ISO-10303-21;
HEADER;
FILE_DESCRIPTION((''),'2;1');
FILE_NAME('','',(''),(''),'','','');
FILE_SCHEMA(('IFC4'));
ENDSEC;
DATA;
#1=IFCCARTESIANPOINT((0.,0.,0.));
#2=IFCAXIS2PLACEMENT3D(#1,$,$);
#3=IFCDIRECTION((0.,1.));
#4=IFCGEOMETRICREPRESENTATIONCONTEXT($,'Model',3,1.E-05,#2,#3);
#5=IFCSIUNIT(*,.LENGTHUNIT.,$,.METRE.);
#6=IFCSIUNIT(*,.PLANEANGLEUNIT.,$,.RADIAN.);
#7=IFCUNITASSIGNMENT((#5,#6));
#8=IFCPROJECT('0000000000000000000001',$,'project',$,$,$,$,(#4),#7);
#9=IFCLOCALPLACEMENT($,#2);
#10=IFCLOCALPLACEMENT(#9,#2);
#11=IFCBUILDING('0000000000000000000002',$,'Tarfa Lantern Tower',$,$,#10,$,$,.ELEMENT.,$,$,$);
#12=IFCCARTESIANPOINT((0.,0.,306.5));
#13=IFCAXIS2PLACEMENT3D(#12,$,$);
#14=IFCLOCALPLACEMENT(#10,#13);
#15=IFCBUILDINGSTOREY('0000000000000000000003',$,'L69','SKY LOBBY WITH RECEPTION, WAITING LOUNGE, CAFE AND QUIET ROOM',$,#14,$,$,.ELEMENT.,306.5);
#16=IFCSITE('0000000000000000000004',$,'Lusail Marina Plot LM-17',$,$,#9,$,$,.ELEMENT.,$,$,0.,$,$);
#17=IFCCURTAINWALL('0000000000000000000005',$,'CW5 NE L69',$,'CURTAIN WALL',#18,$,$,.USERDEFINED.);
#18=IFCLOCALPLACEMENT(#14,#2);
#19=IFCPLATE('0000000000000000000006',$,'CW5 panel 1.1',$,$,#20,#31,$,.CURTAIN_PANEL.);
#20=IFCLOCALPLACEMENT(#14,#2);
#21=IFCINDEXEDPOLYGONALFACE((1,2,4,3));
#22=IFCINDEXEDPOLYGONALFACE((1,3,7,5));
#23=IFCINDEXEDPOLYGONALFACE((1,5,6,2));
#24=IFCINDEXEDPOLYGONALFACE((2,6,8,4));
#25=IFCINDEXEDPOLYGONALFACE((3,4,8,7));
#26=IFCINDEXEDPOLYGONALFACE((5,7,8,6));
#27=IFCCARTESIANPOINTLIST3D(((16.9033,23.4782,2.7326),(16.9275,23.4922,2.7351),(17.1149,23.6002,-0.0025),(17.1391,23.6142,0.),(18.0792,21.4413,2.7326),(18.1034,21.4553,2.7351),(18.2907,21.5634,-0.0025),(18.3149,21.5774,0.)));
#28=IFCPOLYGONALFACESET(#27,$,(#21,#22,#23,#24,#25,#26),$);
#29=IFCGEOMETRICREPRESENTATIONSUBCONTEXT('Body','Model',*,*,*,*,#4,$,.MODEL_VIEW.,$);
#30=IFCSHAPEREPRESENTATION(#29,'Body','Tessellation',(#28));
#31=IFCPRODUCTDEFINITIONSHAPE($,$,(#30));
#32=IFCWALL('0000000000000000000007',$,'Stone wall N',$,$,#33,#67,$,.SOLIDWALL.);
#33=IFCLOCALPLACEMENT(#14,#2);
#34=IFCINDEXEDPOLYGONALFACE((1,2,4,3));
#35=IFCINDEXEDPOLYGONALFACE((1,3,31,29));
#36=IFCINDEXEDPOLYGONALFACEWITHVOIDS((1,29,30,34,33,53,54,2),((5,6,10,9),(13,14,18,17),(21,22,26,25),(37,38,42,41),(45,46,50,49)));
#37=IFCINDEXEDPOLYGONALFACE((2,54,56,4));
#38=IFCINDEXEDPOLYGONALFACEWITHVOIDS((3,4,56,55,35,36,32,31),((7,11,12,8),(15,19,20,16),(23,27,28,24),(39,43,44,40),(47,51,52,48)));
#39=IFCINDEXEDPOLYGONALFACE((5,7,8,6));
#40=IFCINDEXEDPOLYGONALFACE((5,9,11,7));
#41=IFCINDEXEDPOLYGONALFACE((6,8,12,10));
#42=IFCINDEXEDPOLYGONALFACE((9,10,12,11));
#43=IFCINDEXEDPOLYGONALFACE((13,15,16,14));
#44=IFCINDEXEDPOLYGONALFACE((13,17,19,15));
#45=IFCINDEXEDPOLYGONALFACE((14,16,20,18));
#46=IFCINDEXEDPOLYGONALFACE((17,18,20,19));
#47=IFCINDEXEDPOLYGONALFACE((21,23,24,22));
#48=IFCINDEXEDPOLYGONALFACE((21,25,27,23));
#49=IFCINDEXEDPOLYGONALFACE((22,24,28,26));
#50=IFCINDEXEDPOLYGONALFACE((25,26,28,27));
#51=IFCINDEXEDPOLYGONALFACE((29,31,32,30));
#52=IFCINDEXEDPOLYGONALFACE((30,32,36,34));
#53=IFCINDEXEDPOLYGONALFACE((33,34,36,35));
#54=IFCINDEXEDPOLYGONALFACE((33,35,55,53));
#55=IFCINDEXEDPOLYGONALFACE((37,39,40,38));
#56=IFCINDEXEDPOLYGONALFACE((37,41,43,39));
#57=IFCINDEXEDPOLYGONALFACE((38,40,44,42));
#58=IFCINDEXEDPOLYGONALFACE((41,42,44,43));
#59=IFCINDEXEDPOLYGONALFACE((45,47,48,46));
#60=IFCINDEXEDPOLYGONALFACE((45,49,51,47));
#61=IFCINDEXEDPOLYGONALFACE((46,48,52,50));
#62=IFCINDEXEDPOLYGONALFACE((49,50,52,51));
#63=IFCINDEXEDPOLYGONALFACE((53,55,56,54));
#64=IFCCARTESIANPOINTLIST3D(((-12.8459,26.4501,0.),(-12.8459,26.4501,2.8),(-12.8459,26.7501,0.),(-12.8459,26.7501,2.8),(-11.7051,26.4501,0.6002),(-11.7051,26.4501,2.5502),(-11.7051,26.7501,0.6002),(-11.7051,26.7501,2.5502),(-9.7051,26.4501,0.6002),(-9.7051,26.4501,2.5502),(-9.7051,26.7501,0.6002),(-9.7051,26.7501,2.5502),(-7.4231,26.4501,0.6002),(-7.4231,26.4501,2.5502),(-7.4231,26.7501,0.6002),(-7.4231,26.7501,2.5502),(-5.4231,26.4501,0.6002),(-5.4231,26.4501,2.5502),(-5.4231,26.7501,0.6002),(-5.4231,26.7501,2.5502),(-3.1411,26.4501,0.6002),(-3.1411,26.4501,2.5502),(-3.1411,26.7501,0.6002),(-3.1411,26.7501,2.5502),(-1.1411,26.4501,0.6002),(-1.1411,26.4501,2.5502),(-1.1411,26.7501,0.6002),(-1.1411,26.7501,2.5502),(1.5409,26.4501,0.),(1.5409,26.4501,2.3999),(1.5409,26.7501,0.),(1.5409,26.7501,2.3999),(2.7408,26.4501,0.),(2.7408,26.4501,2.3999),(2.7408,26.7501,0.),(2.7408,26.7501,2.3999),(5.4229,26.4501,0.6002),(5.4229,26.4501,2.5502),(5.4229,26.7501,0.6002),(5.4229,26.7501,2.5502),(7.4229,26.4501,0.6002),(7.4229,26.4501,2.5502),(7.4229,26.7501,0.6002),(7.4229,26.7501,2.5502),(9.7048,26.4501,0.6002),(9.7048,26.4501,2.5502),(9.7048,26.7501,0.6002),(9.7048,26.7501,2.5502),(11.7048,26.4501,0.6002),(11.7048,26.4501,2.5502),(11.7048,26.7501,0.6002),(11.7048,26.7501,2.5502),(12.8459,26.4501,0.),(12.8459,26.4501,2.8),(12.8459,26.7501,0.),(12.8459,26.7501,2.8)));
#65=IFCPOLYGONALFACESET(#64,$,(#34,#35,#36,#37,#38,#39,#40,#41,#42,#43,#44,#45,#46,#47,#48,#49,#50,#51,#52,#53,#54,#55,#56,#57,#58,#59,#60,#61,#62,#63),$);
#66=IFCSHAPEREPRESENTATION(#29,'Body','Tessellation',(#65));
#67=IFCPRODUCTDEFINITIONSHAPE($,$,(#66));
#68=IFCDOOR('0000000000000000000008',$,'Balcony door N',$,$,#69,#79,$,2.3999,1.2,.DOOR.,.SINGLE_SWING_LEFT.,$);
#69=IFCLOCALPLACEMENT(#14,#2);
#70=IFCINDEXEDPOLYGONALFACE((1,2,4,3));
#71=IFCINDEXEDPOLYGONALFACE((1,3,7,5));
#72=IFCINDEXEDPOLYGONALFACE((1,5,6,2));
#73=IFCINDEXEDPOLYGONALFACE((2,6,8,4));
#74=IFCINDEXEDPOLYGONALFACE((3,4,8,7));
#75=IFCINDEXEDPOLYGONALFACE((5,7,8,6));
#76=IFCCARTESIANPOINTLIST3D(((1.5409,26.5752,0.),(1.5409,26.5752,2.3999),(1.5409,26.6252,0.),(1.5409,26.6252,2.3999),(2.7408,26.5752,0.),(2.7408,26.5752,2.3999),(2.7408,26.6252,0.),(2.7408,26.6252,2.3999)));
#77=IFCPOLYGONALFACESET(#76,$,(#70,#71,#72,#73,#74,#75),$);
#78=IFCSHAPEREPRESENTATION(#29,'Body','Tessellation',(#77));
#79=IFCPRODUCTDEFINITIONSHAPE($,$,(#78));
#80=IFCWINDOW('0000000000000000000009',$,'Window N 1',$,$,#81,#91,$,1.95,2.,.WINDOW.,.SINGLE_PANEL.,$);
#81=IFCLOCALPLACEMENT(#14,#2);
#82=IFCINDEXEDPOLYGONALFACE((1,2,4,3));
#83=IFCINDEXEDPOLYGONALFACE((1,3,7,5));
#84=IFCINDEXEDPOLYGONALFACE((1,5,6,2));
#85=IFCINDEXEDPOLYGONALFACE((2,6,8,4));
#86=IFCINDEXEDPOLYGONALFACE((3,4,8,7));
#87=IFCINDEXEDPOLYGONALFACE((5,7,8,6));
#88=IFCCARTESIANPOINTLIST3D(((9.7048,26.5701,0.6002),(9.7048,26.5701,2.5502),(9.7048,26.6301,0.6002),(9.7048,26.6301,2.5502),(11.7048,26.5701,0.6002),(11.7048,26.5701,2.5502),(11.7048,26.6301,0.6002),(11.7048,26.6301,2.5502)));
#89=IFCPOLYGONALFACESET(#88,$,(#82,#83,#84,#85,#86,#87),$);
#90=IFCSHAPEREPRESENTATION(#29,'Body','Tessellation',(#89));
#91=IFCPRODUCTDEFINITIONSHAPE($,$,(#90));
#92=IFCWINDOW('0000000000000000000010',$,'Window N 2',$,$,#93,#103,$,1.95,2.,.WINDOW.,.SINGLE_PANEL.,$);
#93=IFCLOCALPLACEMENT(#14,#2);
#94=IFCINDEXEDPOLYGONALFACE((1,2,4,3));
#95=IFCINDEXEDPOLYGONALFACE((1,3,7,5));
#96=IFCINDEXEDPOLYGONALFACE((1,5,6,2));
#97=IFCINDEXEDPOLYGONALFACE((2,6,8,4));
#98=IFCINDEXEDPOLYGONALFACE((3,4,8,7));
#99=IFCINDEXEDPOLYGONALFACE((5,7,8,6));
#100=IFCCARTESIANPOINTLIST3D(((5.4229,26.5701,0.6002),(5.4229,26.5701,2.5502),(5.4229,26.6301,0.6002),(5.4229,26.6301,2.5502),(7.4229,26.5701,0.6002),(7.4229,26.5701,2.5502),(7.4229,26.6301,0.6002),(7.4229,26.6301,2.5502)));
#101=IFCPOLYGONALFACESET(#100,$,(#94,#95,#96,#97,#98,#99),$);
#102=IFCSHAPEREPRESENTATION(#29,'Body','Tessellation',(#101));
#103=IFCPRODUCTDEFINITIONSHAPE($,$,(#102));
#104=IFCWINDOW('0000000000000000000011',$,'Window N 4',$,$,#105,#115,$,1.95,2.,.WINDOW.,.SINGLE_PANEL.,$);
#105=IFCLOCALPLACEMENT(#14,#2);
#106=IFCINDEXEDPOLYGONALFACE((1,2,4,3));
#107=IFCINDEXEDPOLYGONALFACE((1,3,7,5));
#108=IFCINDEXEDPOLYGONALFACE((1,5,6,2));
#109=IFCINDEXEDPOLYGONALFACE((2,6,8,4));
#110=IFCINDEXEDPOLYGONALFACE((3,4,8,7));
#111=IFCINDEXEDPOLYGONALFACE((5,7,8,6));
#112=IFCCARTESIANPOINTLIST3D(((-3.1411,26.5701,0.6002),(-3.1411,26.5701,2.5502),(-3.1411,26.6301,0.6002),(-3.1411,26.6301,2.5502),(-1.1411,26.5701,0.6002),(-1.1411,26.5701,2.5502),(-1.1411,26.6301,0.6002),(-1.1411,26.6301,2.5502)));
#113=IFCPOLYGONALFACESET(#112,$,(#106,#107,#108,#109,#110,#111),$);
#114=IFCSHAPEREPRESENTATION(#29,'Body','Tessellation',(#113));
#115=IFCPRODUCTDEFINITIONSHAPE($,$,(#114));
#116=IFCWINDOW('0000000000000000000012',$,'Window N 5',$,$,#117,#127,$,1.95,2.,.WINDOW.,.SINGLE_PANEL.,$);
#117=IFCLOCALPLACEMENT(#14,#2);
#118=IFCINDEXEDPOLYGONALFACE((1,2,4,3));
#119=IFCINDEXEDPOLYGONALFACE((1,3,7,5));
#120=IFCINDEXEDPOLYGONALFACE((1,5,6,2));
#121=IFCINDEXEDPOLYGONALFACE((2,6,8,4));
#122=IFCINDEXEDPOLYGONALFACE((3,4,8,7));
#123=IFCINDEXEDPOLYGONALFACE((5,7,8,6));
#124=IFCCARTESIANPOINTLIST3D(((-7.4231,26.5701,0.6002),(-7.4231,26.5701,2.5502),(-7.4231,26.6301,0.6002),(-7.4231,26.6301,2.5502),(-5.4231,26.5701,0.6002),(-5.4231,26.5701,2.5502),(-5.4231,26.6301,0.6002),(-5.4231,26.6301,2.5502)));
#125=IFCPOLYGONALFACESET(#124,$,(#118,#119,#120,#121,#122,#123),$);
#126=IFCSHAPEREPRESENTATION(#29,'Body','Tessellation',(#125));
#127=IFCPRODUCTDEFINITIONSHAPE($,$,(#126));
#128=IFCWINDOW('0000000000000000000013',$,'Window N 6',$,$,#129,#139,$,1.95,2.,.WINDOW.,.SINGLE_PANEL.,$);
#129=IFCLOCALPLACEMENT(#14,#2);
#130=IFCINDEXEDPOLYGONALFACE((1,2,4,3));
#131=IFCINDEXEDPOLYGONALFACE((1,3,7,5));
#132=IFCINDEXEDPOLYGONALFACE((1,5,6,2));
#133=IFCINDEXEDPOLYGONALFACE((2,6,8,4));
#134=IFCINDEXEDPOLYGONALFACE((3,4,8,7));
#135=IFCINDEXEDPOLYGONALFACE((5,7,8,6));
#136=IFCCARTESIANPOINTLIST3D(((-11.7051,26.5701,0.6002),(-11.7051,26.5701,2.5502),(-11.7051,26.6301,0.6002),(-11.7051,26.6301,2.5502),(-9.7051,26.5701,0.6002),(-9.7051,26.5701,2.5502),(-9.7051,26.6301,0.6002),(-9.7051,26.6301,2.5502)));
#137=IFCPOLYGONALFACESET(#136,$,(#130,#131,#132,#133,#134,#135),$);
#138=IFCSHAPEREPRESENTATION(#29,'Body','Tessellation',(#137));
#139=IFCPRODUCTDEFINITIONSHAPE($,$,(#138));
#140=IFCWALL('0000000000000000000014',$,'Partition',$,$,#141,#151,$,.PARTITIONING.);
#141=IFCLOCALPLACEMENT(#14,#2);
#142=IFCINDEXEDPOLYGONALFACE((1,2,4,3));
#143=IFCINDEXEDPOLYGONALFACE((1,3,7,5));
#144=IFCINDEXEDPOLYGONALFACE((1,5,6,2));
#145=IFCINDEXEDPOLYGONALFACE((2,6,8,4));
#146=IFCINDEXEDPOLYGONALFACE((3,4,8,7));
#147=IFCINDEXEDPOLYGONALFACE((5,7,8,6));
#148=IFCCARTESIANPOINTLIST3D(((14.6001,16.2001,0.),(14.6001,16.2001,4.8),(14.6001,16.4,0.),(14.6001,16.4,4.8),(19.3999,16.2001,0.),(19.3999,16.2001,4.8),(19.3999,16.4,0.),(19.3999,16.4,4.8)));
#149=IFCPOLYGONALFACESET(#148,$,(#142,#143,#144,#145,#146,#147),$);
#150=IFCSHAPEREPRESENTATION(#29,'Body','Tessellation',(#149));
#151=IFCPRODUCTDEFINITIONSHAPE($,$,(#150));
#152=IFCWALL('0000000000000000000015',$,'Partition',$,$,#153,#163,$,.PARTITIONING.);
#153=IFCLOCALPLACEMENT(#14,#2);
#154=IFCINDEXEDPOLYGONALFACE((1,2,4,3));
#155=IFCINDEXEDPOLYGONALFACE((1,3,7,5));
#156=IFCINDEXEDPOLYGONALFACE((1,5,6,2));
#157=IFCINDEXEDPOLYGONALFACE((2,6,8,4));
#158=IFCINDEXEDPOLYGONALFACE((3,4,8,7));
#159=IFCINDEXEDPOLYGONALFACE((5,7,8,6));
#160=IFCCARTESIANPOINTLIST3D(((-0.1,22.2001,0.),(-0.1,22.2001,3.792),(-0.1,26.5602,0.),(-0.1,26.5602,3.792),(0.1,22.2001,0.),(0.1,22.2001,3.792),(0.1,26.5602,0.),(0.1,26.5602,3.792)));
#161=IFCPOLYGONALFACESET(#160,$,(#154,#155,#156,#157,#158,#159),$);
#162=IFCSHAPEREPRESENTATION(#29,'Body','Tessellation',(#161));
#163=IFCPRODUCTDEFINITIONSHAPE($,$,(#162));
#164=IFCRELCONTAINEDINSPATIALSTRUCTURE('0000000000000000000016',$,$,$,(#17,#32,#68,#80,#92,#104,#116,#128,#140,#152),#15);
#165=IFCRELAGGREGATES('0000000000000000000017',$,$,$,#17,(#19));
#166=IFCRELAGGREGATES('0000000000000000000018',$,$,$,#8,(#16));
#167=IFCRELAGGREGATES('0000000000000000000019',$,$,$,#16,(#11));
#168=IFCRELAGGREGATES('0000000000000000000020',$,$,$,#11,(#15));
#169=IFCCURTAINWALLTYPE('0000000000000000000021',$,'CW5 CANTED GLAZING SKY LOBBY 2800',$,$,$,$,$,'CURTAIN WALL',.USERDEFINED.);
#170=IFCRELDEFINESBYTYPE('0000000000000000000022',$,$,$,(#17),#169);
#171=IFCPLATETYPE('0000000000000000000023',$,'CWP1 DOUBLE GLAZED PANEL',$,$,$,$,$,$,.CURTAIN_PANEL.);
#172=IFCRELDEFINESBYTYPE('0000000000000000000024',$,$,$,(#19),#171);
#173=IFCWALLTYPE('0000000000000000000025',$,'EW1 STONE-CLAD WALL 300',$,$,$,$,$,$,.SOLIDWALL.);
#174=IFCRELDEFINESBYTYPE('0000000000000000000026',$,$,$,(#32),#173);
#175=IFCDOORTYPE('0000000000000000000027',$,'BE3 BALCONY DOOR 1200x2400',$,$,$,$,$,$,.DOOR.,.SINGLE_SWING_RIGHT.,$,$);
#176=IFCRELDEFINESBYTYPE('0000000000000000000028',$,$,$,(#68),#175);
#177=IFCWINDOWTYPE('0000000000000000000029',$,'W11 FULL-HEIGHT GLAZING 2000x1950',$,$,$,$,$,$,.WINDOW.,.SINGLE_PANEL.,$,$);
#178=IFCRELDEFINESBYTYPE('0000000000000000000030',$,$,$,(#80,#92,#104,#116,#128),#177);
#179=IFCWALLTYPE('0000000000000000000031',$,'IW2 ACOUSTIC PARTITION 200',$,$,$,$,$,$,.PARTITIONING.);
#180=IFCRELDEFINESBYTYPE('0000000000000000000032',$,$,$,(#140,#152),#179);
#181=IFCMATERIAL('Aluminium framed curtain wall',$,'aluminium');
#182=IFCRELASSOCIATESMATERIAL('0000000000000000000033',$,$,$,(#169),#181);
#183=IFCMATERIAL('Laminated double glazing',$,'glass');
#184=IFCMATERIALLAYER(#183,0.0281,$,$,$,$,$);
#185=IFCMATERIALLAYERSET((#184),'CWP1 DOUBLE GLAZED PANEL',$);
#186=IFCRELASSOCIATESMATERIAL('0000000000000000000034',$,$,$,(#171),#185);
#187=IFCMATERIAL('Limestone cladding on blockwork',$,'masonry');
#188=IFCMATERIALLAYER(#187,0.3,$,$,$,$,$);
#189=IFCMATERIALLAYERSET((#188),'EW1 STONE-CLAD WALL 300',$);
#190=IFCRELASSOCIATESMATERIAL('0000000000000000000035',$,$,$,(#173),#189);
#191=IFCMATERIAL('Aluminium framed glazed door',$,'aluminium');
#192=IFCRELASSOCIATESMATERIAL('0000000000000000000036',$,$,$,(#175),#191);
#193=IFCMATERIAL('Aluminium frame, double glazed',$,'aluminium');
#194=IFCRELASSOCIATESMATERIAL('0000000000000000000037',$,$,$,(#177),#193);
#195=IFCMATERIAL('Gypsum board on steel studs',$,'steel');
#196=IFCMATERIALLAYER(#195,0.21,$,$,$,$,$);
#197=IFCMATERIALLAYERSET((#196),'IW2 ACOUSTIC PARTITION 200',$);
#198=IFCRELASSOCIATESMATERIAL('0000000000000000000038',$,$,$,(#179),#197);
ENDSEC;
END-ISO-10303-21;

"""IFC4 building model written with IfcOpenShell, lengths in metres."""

from ifc_helpers import new_model, si_unit, direction, frame, frame_2d, origin, place, context, subcontext, project, spatial, polyline, rectangle, outline, extrude, material, layer, layer_set, type_object, element, fill, aggregate, save


model = new_model("IFC4")

# Units and contexts
model_context = context("Model", 3, precision=1e-05, world=origin(), true_north=direction((0.0, 1.0)))
body_context = subcontext(model_context, "Body", "Model", "MODEL_VIEW")
ifc_project = project(units=[si_unit("LENGTHUNIT", "METRE"), si_unit("PLANEANGLEUNIT", "RADIAN")], contexts=[model_context])

# Site, building, storey
site_placement = place(None, origin())
site = spatial("IfcSite", under=ifc_project, at=site_placement, Name="Lusail Marina Plot LM-17", CompositionType="ELEMENT", RefElevation=0.0)
building_placement = place(site_placement, origin())
building = spatial("IfcBuilding", under=site, at=building_placement, Name="Tarfa Lantern Tower", CompositionType="ELEMENT")
storey_placement = place(building_placement, frame((0.0, 0.0, 306.5)))
storey = spatial("IfcBuildingStorey", under=building, at=storey_placement, Name="L69", Description="SKY LOBBY WITH RECEPTION, WAITING LOUNGE, CAFE AND QUIET ROOM", CompositionType="ELEMENT", Elevation=306.5)

# Curtain wall
ifc_material_1 = material(Name="Aluminium framed curtain wall", Category="aluminium")
curtain_wall_type = type_object("IfcCurtainWallType", Name="CW5 CANTED GLAZING SKY LOBBY 2800", ElementType="CURTAIN WALL", PredefinedType="USERDEFINED", material=ifc_material_1)
curtain_wall_placement = place(storey_placement, origin())
curtain_wall = element("IfcCurtainWall", 1, at=curtain_wall_placement, inside=storey, type_object=curtain_wall_type, Name="CW5 NE L69", ObjectType="CURTAIN WALL", PredefinedType="USERDEFINED")

# Plate
ifc_material_2 = material(Name="Laminated double glazing", Category="glass")
ifc_layer_1 = layer(ifc_material_2, 0.0281)
ifc_layer_set_1 = layer_set([ifc_layer_1], Name="CWP1 DOUBLE GLAZED PANEL")
plate_type = type_object("IfcPlateType", Name="CWP1 DOUBLE GLAZED PANEL", PredefinedType="CURTAIN_PANEL", material=ifc_layer_set_1)
plate_placement = place(storey_placement, frame((18.3149, 21.5774, 0.0), z_axis=(0.862608, 0.497992, 0.088945), x_axis=(-0.499974, 0.866041, -0.000004)))
plate = element("IfcPlate", 2, at=plate_placement, type_object=plate_type, Name="CW5 panel 1.1", PredefinedType="CURTAIN_PANEL", context=body_context, shape_type="SweptSolid", body=[
    extrude(outline(polyline([(0.0, 0.0), (2.3519, 0.0), (2.352, 2.746), (0.0, 2.746), (0.0, 0.0)])), origin(), (0.0, 0.0, -1.0), 0.0281),
])
aggregate(curtain_wall, [plate])

# Wall, openings, door, windows
ifc_material_3 = material(Name="Limestone cladding on blockwork", Category="masonry")
ifc_layer_2 = layer(ifc_material_3, 0.3)
ifc_layer_set_2 = layer_set([ifc_layer_2], Name="EW1 STONE-CLAD WALL 300")
wall_type_1 = type_object("IfcWallType", Name="EW1 STONE-CLAD WALL 300", PredefinedType="SOLIDWALL", material=ifc_layer_set_2)
wall_1_placement = place(storey_placement, frame((12.8459, 26.6001, 0.0), z_axis=(0.0, 0.0, 1.0), x_axis=(-1.0, 0.0, 0.0)))
wall_1 = element("IfcWall", 3, at=wall_1_placement, inside=storey, type_object=wall_type_1, Name="Stone wall N", PredefinedType="SOLIDWALL", context=body_context, shape_type="SweptSolid", body=[
    extrude(rectangle(XDim=25.6919, YDim=0.3, at=frame_2d((12.8459, 0.0))), origin(), (0.0, 0.0, 1.0), 2.8),
])
opening_1_placement = place(wall_1_placement, frame((1.1411, 0.0, 0.6001)))
opening_1 = element("IfcOpeningElement", 4, at=opening_1_placement, cuts=wall_1, PredefinedType="OPENING", context=body_context, shape_type="SweptSolid", body=[
    extrude(rectangle(XDim=2.0, YDim=1.95, at=frame_2d((1.0, 0.9751))), frame((0.0, 0.1599, 0.0), z_axis=(0.0, -1.0, 0.0), x_axis=(1.0, 0.0, 0.0)), (0.0, 0.0, 1.0), 0.3201),
])
opening_2_placement = place(wall_1_placement, frame((5.4231, 0.0, 0.6001)))
opening_2 = element("IfcOpeningElement", 5, at=opening_2_placement, cuts=wall_1, PredefinedType="OPENING", context=body_context, shape_type="SweptSolid", body=[
    extrude(rectangle(XDim=2.0, YDim=1.95, at=frame_2d((1.0, 0.9751))), frame((0.0, 0.1599, 0.0), z_axis=(0.0, -1.0, 0.0), x_axis=(1.0, 0.0, 0.0)), (0.0, 0.0, 1.0), 0.3201),
])
opening_3_placement = place(wall_1_placement, frame((10.105, 0.0, 0.0)))
opening_3 = element("IfcOpeningElement", 6, at=opening_3_placement, cuts=wall_1, PredefinedType="OPENING", context=body_context, shape_type="SweptSolid", body=[
    extrude(rectangle(XDim=1.2, YDim=2.3999, at=frame_2d((0.6001, 1.2))), frame((0.0, 0.1599, 0.0), z_axis=(0.0, -1.0, 0.0), x_axis=(1.0, 0.0, 0.0)), (0.0, 0.0, 1.0), 0.3201),
])
opening_4_placement = place(wall_1_placement, frame((13.9871, 0.0, 0.6001)))
opening_4 = element("IfcOpeningElement", 7, at=opening_4_placement, cuts=wall_1, PredefinedType="OPENING", context=body_context, shape_type="SweptSolid", body=[
    extrude(rectangle(XDim=2.0, YDim=1.95, at=frame_2d((1.0, 0.9751))), frame((0.0, 0.1599, 0.0), z_axis=(0.0, -1.0, 0.0), x_axis=(1.0, 0.0, 0.0)), (0.0, 0.0, 1.0), 0.3201),
])
opening_5_placement = place(wall_1_placement, frame((18.269, 0.0, 0.6001)))
opening_5 = element("IfcOpeningElement", 8, at=opening_5_placement, cuts=wall_1, PredefinedType="OPENING", context=body_context, shape_type="SweptSolid", body=[
    extrude(rectangle(XDim=2.0, YDim=1.95, at=frame_2d((1.0, 0.9751))), frame((0.0, 0.1599, 0.0), z_axis=(0.0, -1.0, 0.0), x_axis=(1.0, 0.0, 0.0)), (0.0, 0.0, 1.0), 0.3201),
])
opening_6_placement = place(wall_1_placement, frame((22.551, 0.0, 0.6001)))
opening_6 = element("IfcOpeningElement", 9, at=opening_6_placement, cuts=wall_1, PredefinedType="OPENING", context=body_context, shape_type="SweptSolid", body=[
    extrude(rectangle(XDim=2.0, YDim=1.95, at=frame_2d((1.0, 0.9751))), frame((0.0, 0.1599, 0.0), z_axis=(0.0, -1.0, 0.0), x_axis=(1.0, 0.0, 0.0)), (0.0, 0.0, 1.0), 0.3201),
])
ifc_material_4 = material(Name="Aluminium framed glazed door", Category="aluminium")
door_type = type_object("IfcDoorType", Name="BE3 BALCONY DOOR 1200x2400", OperationType="SINGLE_SWING_RIGHT", PredefinedType="DOOR", material=ifc_material_4)
door_placement = place(opening_3_placement, origin())
door = element("IfcDoor", 10, at=door_placement, inside=storey, type_object=door_type, Name="Balcony door N", OperationType="SINGLE_SWING_LEFT", OverallHeight=2.3999, OverallWidth=1.2, PredefinedType="DOOR", context=body_context, shape_type="SweptSolid", body=[
    extrude(rectangle(XDim=1.2, YDim=2.3999, at=frame_2d((0.6001, 1.2))), frame((0.0, 0.0249, 0.0), z_axis=(0.0, -1.0, 0.0), x_axis=(1.0, 0.0, 0.0)), (0.0, 0.0, 1.0), 0.05),
])
fill(opening_3, door)
ifc_material_5 = material(Name="Aluminium frame, double glazed", Category="aluminium")
window_type = type_object("IfcWindowType", Name="W11 FULL-HEIGHT GLAZING 2000x1950", PartitioningType="SINGLE_PANEL", PredefinedType="WINDOW", material=ifc_material_5)
window_1_placement = place(opening_1_placement, origin())
window_1 = element("IfcWindow", 11, at=window_1_placement, inside=storey, type_object=window_type, Name="Window N 1", OverallHeight=1.95, OverallWidth=2.0, PartitioningType="SINGLE_PANEL", PredefinedType="WINDOW", context=body_context, shape_type="SweptSolid", body=[
    extrude(rectangle(XDim=2.0, YDim=1.95, at=frame_2d((1.0, 0.9751))), frame((0.0, 0.03, 0.0), z_axis=(0.0, -1.0, 0.0), x_axis=(1.0, 0.0, 0.0)), (0.0, 0.0, 1.0), 0.0601),
])
fill(opening_1, window_1)
window_2_placement = place(opening_2_placement, origin())
window_2 = element("IfcWindow", 12, at=window_2_placement, inside=storey, type_object=window_type, Name="Window N 2", OverallHeight=1.95, OverallWidth=2.0, PartitioningType="SINGLE_PANEL", PredefinedType="WINDOW", context=body_context, shape_type="SweptSolid", body=[
    extrude(rectangle(XDim=2.0, YDim=1.95, at=frame_2d((1.0, 0.9751))), frame((0.0, 0.03, 0.0), z_axis=(0.0, -1.0, 0.0), x_axis=(1.0, 0.0, 0.0)), (0.0, 0.0, 1.0), 0.0601),
])
fill(opening_2, window_2)
window_3_placement = place(opening_4_placement, origin())
window_3 = element("IfcWindow", 13, at=window_3_placement, inside=storey, type_object=window_type, Name="Window N 4", OverallHeight=1.95, OverallWidth=2.0, PartitioningType="SINGLE_PANEL", PredefinedType="WINDOW", context=body_context, shape_type="SweptSolid", body=[
    extrude(rectangle(XDim=2.0, YDim=1.95, at=frame_2d((1.0, 0.9751))), frame((0.0, 0.03, 0.0), z_axis=(0.0, -1.0, 0.0), x_axis=(1.0, 0.0, 0.0)), (0.0, 0.0, 1.0), 0.0601),
])
fill(opening_4, window_3)
window_4_placement = place(opening_5_placement, origin())
window_4 = element("IfcWindow", 14, at=window_4_placement, inside=storey, type_object=window_type, Name="Window N 5", OverallHeight=1.95, OverallWidth=2.0, PartitioningType="SINGLE_PANEL", PredefinedType="WINDOW", context=body_context, shape_type="SweptSolid", body=[
    extrude(rectangle(XDim=2.0, YDim=1.95, at=frame_2d((1.0, 0.9751))), frame((0.0, 0.03, 0.0), z_axis=(0.0, -1.0, 0.0), x_axis=(1.0, 0.0, 0.0)), (0.0, 0.0, 1.0), 0.0601),
])
fill(opening_5, window_4)
window_5_placement = place(opening_6_placement, origin())
window_5 = element("IfcWindow", 15, at=window_5_placement, inside=storey, type_object=window_type, Name="Window N 6", OverallHeight=1.95, OverallWidth=2.0, PartitioningType="SINGLE_PANEL", PredefinedType="WINDOW", context=body_context, shape_type="SweptSolid", body=[
    extrude(rectangle(XDim=2.0, YDim=1.95, at=frame_2d((1.0, 0.9751))), frame((0.0, 0.03, 0.0), z_axis=(0.0, -1.0, 0.0), x_axis=(1.0, 0.0, 0.0)), (0.0, 0.0, 1.0), 0.0601),
])
fill(opening_6, window_5)

# Walls
ifc_material_6 = material(Name="Gypsum board on steel studs", Category="steel")
ifc_layer_3 = layer(ifc_material_6, 0.21)
ifc_layer_set_3 = layer_set([ifc_layer_3], Name="IW2 ACOUSTIC PARTITION 200")
wall_type_2 = type_object("IfcWallType", Name="IW2 ACOUSTIC PARTITION 200", PredefinedType="PARTITIONING", material=ifc_layer_set_3)
wall_2_placement = place(storey_placement, frame((14.6001, 16.3, 0.0), z_axis=(0.0, 0.0, 1.0), x_axis=(1.0, 0.0, 0.0)))
element("IfcWall", 16, at=wall_2_placement, inside=storey, type_object=wall_type_2, Name="Partition", PredefinedType="PARTITIONING", context=body_context, shape_type="SweptSolid", body=[
    extrude(rectangle(XDim=4.7998, YDim=0.2, at=frame_2d((2.3999, 0.0))), origin(), (0.0, 0.0, 1.0), 4.8),
])
wall_3_placement = place(storey_placement, frame((0.0, 22.2, 0.0), z_axis=(0.0, 0.0, 1.0), x_axis=(0.0, 1.0, 0.0)))
element("IfcWall", 17, at=wall_3_placement, inside=storey, type_object=wall_type_2, Name="Partition", PredefinedType="PARTITIONING", context=body_context, shape_type="SweptSolid", body=[
    extrude(rectangle(XDim=4.3601, YDim=0.2, at=frame_2d((2.1802, 0.0))), origin(), (0.0, 0.0, 1.0), 3.792),
])

save(model, "model.ifc")
